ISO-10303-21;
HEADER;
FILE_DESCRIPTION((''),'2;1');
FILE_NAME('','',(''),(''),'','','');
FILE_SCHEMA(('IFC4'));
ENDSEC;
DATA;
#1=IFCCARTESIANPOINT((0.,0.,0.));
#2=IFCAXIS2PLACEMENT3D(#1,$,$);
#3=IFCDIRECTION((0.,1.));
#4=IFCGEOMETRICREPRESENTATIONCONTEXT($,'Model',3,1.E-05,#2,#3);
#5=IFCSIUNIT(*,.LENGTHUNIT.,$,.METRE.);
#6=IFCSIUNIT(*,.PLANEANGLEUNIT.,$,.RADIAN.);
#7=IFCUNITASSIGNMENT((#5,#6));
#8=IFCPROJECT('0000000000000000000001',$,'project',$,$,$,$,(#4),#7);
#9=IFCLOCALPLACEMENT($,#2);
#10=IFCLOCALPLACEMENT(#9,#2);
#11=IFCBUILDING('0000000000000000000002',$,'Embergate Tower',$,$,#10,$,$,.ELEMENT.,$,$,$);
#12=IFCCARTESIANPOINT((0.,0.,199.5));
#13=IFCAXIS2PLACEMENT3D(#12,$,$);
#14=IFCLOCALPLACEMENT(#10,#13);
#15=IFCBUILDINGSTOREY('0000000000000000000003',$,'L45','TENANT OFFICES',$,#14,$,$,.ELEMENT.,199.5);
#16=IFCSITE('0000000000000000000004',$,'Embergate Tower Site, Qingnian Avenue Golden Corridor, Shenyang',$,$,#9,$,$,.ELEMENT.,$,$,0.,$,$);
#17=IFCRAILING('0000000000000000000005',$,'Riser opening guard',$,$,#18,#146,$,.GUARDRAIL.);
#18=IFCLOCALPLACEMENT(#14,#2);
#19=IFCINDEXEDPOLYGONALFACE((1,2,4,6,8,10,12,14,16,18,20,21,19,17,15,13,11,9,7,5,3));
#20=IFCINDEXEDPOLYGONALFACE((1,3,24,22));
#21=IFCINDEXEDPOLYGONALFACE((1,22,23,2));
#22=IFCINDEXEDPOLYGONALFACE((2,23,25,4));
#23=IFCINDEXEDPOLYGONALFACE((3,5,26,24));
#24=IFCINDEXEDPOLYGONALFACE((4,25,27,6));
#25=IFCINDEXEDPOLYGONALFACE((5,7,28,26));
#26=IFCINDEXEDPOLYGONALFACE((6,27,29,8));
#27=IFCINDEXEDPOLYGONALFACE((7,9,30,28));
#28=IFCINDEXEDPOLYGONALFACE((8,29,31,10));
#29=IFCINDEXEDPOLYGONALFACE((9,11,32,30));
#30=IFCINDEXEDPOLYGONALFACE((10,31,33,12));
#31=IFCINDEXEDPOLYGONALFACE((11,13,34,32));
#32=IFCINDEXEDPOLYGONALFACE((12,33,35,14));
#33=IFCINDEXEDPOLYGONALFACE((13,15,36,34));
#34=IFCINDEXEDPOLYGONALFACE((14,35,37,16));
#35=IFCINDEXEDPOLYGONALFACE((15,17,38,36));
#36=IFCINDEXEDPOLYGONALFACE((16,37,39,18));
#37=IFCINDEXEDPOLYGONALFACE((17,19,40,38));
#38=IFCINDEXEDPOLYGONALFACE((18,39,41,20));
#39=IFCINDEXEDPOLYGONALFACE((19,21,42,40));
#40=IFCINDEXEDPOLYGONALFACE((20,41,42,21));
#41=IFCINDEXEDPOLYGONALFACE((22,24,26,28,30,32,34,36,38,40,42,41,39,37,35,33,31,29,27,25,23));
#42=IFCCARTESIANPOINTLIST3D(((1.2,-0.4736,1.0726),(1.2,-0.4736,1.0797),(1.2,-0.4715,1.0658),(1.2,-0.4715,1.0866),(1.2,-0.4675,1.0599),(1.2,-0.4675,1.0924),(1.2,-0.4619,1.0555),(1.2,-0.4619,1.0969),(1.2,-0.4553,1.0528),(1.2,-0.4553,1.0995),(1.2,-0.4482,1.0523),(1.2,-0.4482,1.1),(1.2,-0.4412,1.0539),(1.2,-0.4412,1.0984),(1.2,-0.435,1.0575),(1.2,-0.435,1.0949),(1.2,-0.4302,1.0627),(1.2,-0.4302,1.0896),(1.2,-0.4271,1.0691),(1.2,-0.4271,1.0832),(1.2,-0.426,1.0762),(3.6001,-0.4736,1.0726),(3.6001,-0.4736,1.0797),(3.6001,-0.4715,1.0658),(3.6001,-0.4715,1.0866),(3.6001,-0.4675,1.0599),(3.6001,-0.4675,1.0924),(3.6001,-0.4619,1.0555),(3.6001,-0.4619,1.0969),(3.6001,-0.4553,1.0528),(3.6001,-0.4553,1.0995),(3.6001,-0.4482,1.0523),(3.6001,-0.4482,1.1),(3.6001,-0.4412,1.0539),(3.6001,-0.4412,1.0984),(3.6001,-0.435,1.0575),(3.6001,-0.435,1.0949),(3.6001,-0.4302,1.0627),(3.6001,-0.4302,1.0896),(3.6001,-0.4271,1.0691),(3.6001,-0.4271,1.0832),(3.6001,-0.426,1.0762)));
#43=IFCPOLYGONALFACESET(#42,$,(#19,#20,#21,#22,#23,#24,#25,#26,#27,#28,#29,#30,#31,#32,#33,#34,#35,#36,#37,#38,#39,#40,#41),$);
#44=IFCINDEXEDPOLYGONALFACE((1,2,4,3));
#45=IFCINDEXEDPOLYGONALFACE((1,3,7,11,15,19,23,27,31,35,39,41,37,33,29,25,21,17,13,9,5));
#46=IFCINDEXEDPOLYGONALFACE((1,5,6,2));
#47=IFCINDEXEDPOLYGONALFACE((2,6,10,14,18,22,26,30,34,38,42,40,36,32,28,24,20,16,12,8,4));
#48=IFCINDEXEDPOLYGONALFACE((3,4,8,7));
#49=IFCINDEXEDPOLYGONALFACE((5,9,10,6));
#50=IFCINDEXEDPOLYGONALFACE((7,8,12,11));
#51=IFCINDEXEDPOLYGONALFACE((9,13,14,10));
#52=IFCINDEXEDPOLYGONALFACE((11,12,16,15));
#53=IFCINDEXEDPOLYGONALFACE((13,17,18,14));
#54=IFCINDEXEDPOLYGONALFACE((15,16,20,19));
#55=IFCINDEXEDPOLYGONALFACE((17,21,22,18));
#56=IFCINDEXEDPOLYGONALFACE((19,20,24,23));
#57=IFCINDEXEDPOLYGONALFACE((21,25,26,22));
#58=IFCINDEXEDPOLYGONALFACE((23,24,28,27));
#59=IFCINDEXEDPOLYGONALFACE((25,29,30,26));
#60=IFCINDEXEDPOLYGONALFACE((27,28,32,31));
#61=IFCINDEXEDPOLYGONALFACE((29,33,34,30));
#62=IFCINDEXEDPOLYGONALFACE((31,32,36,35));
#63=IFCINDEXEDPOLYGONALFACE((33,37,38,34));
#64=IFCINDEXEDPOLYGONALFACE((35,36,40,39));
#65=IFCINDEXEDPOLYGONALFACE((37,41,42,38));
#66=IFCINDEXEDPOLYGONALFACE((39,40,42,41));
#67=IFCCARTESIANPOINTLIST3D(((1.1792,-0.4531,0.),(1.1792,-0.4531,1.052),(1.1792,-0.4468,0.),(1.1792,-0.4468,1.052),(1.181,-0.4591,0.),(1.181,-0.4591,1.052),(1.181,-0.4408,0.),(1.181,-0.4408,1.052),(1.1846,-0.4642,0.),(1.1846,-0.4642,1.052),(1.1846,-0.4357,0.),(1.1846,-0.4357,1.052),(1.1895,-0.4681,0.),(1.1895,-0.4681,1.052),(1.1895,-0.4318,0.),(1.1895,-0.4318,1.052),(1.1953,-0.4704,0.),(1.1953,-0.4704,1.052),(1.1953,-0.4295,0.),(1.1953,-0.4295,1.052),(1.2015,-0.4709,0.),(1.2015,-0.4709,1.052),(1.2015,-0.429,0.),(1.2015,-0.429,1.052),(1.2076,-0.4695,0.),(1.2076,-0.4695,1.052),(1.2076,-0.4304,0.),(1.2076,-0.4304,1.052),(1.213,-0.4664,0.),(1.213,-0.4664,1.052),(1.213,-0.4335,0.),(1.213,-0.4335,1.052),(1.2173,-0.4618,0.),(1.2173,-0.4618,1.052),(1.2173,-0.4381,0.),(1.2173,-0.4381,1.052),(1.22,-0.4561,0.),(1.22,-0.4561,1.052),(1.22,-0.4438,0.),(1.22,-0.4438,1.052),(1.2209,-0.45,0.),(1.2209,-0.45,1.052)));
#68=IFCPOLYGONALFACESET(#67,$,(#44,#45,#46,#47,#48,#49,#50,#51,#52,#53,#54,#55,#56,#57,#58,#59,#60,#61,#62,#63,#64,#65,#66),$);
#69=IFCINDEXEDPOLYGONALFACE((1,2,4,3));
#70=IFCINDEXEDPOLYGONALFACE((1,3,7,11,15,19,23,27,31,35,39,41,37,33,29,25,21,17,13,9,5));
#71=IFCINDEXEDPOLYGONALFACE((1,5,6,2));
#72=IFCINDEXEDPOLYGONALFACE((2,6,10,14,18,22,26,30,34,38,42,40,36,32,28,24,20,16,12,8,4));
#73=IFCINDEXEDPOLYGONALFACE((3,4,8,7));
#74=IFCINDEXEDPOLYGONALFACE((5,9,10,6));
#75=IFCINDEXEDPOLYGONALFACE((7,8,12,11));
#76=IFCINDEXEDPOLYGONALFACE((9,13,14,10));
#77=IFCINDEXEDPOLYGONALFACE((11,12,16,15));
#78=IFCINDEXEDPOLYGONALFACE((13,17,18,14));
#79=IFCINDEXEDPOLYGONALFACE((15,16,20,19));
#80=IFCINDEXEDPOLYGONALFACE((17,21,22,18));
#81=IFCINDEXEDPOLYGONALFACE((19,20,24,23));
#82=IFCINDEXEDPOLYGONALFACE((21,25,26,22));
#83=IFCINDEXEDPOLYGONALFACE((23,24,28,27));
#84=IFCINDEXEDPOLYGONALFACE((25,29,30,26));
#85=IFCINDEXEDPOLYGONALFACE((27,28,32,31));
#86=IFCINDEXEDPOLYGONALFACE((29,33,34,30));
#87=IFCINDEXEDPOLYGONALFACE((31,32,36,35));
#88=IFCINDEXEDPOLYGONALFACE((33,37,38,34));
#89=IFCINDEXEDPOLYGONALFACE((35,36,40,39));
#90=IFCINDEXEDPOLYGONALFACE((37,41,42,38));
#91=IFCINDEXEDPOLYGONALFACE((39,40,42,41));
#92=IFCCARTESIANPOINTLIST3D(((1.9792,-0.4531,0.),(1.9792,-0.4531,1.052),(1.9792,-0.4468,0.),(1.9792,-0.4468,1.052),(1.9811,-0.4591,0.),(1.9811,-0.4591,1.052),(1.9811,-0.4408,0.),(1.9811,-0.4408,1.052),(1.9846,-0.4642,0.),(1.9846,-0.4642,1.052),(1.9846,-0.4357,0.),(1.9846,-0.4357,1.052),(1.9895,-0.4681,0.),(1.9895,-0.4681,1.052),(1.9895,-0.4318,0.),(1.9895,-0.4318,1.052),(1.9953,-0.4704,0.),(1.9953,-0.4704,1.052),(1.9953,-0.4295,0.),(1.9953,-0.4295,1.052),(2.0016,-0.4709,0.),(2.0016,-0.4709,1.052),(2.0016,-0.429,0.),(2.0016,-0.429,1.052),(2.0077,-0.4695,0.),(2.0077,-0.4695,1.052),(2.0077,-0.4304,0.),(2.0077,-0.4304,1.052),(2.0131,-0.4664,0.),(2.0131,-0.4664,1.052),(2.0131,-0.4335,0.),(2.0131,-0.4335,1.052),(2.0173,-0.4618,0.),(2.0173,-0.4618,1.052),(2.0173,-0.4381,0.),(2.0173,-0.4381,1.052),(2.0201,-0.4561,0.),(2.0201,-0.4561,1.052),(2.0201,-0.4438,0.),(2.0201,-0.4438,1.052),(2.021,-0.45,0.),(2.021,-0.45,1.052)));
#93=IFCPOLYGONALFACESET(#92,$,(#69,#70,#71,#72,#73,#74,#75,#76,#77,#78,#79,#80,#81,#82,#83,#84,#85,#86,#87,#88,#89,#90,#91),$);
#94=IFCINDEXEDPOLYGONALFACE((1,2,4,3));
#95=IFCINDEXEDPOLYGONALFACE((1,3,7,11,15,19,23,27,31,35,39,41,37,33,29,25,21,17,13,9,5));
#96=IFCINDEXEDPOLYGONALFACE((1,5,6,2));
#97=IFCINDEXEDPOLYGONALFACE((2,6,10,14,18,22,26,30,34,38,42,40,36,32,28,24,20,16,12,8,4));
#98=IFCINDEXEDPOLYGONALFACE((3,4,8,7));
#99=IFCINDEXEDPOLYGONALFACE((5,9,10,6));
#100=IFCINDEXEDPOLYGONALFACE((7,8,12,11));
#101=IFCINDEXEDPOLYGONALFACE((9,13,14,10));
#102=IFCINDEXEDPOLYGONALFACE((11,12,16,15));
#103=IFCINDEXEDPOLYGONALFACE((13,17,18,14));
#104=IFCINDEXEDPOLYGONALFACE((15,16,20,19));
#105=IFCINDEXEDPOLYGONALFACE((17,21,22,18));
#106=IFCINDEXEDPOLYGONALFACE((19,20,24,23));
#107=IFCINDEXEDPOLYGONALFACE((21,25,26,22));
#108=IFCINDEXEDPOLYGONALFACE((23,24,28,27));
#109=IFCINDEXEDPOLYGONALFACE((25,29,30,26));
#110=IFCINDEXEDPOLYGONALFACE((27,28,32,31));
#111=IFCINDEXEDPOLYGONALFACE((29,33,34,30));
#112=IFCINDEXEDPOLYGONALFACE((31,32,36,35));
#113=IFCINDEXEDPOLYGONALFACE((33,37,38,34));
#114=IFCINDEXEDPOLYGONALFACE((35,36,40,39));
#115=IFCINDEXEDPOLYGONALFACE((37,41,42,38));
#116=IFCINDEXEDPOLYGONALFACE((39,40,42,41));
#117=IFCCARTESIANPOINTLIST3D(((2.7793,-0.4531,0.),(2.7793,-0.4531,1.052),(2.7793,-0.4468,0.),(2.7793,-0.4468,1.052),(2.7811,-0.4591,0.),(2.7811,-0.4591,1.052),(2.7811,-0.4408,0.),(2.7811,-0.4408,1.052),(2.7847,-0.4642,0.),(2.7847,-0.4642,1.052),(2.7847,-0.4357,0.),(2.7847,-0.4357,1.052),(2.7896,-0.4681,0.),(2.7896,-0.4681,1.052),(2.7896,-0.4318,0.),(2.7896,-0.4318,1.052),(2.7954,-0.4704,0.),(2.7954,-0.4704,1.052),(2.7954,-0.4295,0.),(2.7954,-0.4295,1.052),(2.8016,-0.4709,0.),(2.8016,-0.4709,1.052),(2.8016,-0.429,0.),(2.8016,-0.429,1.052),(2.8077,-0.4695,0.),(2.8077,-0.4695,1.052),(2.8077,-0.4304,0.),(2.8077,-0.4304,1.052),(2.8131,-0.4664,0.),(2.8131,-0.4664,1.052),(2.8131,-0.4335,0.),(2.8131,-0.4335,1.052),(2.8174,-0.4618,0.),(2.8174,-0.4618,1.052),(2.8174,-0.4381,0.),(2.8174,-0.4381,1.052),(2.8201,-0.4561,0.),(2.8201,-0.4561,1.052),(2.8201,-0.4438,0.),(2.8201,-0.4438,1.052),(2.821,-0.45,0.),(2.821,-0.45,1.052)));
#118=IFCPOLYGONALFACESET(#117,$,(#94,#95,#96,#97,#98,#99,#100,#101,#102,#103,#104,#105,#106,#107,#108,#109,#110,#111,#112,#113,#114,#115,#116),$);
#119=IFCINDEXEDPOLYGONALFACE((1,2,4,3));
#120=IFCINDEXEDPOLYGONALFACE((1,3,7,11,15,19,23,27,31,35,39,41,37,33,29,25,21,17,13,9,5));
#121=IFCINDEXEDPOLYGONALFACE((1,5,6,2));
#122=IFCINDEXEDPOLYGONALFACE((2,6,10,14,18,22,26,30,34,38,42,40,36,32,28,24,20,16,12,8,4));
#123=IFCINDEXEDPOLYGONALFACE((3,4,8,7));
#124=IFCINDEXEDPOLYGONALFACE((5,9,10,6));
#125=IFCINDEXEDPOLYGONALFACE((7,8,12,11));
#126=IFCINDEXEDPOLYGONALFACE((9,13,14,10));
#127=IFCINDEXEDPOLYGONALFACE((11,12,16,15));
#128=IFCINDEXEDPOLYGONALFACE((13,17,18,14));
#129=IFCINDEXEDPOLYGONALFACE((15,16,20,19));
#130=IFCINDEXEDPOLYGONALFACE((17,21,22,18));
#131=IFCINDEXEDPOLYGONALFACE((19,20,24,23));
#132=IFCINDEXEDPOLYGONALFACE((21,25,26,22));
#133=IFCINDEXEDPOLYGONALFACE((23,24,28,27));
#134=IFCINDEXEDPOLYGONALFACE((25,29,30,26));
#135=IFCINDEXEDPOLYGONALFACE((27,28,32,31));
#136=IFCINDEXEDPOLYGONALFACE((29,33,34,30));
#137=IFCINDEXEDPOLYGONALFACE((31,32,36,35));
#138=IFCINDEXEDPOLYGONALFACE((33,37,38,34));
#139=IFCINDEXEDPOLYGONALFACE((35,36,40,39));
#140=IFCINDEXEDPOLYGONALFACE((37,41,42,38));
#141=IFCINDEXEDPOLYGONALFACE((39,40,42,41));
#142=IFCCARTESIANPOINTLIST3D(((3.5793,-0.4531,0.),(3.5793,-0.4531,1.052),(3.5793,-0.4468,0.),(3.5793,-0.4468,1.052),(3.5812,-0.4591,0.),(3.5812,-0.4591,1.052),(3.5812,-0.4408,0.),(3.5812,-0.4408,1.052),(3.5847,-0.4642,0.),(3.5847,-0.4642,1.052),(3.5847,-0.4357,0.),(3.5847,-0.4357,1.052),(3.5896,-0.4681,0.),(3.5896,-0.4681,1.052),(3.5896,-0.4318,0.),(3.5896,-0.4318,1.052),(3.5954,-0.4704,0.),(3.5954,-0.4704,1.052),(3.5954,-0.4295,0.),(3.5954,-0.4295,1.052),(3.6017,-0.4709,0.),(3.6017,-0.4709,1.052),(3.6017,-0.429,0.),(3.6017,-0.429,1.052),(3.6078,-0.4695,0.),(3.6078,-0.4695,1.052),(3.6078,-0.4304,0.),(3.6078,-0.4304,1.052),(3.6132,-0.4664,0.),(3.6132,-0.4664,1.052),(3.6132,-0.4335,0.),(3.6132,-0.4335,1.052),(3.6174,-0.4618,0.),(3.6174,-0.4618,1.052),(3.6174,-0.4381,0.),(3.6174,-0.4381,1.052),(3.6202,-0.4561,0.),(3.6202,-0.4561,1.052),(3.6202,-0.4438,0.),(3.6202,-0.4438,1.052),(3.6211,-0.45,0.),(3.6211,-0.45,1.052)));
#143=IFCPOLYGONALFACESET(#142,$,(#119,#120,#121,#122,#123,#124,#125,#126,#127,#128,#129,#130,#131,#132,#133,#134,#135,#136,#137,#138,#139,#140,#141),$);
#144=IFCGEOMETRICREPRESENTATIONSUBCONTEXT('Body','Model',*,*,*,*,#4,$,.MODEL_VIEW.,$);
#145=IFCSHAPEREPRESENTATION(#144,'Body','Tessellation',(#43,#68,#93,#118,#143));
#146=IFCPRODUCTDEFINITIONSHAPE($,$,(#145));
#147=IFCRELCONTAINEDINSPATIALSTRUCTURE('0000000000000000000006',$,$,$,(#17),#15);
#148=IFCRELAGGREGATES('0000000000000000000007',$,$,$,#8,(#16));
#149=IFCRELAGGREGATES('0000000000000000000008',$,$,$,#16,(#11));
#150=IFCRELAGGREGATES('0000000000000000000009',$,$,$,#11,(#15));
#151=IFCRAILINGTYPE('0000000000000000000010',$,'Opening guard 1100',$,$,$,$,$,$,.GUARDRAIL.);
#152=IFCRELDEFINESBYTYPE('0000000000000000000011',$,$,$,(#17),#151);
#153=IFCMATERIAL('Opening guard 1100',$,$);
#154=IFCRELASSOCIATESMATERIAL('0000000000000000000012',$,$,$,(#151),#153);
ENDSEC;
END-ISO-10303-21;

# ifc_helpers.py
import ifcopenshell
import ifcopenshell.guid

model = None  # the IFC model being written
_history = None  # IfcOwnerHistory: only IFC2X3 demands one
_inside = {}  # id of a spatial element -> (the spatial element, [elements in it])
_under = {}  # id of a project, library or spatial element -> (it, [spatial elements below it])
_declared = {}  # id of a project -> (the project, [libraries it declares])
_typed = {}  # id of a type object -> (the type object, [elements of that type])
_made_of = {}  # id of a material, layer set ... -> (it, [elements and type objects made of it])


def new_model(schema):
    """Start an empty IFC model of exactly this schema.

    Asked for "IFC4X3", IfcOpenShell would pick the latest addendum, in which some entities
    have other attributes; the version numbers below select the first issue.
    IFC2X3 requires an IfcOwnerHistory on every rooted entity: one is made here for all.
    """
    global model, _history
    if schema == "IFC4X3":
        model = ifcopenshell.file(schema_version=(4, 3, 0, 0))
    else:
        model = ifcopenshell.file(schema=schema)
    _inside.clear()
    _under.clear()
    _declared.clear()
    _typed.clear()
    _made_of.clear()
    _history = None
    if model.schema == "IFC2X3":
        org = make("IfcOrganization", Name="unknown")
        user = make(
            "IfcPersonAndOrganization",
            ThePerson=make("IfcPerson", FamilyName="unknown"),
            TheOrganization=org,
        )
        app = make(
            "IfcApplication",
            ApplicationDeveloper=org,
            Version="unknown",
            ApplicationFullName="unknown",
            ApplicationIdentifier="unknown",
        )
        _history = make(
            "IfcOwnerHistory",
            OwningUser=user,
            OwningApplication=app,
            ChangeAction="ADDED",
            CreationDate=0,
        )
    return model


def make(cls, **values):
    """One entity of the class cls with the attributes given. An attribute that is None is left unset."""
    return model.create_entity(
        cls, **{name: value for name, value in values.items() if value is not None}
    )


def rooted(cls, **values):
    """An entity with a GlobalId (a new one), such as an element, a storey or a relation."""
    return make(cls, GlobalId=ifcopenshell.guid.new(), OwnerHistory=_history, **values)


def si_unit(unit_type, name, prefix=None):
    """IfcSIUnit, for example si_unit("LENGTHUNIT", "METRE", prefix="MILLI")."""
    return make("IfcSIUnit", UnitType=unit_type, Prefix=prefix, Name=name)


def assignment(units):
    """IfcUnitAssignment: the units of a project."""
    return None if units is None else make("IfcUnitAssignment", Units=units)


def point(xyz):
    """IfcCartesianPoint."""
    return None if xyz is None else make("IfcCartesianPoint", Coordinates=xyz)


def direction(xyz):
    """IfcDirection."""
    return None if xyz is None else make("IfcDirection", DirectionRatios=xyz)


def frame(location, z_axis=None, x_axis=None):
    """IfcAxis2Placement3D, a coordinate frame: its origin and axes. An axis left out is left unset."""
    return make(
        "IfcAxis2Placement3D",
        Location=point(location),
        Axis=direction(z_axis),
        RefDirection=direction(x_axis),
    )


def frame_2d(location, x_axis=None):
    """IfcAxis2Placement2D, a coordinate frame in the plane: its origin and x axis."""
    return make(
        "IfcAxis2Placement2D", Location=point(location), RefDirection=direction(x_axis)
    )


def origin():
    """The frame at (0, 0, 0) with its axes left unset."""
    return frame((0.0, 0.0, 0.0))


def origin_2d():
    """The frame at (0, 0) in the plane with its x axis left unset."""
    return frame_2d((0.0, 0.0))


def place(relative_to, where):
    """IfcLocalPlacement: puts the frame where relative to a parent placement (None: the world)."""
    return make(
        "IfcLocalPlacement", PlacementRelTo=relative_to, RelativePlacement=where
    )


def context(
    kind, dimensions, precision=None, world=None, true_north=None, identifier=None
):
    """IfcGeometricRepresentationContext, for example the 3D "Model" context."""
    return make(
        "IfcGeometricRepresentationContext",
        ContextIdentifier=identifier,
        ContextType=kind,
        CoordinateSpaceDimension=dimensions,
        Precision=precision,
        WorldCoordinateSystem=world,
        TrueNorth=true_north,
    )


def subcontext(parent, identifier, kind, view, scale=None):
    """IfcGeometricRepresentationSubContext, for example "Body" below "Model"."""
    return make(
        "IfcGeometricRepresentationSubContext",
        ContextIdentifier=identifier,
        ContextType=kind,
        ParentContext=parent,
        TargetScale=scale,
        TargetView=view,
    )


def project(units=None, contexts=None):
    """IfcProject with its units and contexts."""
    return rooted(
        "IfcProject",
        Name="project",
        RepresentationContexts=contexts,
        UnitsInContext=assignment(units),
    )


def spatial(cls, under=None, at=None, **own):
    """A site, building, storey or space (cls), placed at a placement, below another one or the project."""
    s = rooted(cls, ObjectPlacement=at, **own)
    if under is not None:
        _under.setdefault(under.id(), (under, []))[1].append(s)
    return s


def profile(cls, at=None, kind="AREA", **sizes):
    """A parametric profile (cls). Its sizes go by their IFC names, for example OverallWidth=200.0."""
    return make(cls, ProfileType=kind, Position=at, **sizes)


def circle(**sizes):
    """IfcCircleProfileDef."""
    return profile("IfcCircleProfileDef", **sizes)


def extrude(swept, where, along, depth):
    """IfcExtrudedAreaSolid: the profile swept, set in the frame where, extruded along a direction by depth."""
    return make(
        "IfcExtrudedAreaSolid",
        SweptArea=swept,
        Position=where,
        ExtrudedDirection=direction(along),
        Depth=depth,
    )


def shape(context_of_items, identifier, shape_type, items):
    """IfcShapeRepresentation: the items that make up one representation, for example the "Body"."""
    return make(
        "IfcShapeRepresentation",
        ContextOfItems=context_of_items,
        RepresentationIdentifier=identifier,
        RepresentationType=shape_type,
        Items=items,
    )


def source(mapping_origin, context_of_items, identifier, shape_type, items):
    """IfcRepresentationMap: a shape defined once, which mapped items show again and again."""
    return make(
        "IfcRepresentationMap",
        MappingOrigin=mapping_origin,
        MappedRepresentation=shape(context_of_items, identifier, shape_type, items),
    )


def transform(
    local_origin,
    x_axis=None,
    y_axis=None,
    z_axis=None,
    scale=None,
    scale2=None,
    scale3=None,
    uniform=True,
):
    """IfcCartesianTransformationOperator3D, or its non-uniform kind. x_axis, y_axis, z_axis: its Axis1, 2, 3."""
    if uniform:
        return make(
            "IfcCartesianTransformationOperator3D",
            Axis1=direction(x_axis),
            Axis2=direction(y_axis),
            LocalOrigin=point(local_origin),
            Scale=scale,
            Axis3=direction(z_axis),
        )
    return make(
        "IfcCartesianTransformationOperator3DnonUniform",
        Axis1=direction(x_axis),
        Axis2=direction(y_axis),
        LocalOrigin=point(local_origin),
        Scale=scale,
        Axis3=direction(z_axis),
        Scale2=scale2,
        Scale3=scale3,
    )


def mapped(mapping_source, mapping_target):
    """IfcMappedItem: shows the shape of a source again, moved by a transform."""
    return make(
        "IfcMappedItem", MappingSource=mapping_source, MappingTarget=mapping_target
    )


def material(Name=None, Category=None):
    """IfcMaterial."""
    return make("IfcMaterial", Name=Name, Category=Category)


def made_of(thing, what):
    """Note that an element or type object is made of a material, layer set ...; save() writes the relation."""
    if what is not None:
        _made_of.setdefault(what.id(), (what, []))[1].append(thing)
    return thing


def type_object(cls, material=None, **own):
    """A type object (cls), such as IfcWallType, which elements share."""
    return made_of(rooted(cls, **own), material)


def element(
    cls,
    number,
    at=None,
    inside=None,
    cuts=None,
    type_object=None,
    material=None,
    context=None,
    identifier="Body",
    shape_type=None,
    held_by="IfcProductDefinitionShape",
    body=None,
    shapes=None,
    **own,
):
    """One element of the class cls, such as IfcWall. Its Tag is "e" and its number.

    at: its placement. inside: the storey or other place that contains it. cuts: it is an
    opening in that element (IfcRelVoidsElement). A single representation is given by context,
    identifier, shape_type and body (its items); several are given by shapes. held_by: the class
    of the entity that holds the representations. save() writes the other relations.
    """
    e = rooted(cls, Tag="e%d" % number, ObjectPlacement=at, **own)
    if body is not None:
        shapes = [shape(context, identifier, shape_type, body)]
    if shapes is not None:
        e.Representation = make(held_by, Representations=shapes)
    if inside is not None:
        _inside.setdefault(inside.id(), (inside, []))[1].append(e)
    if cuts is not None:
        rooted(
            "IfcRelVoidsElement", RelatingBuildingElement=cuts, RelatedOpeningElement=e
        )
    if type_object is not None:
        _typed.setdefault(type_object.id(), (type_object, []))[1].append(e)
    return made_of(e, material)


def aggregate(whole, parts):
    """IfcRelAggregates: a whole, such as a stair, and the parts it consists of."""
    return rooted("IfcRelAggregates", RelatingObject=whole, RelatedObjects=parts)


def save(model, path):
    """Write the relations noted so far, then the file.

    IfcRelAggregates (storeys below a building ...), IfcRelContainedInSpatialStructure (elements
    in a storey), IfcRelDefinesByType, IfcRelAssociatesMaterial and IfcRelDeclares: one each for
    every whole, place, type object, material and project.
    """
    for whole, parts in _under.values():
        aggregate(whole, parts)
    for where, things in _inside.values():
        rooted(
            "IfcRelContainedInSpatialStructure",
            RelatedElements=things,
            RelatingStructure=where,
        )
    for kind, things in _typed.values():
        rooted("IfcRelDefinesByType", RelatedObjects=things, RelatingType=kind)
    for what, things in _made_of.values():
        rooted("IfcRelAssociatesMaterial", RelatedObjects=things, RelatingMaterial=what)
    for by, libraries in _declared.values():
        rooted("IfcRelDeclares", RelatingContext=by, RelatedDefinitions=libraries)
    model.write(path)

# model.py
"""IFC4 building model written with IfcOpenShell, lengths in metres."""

from ifc_helpers import new_model, si_unit, direction, frame, origin, origin_2d, place, context, subcontext, project, spatial, circle, extrude, source, transform, mapped, material, type_object, element, save


model = new_model("IFC4")

# Units and contexts
model_context = context("Model", 3, precision=1e-05, world=origin(), true_north=direction((0.0, 1.0)))
body_context = subcontext(model_context, "Body", "Model", "MODEL_VIEW")
ifc_project = project(units=[si_unit("LENGTHUNIT", "METRE"), si_unit("PLANEANGLEUNIT", "RADIAN")], contexts=[model_context])

# Site, building, storey
site_placement = place(None, origin())
site = spatial("IfcSite", under=ifc_project, at=site_placement, Name="Embergate Tower Site, Qingnian Avenue Golden Corridor, Shenyang", CompositionType="ELEMENT", RefElevation=0.0)
building_placement = place(site_placement, origin())
building = spatial("IfcBuilding", under=site, at=building_placement, Name="Embergate Tower", CompositionType="ELEMENT")
storey_placement = place(building_placement, frame((0.0, 0.0, 199.5)))
storey = spatial("IfcBuildingStorey", under=building, at=storey_placement, Name="L45", Description="TENANT OFFICES", CompositionType="ELEMENT", Elevation=199.5)

# Railing
ifc_material_1 = material(Name="Opening guard 1100")
railing_type_1 = type_object("IfcRailingType", Name="Opening guard 1100", PredefinedType="GUARDRAIL", material=ifc_material_1)
shared_shape_1 = source(origin(), body_context, "Body", "SweptSolid", [
    extrude(circle(Radius=0.0239, at=origin_2d()), frame((0.0, 0.0, 1.0762), z_axis=(1.0, 0.0, 0.0), x_axis=(0.0, 1.0, 0.0)), (0.0, 0.0, 1.0), 2.4001),
    extrude(circle(Radius=0.021, at=origin_2d()), origin(), (0.0, 0.0, 1.0), 1.052),
    extrude(circle(Radius=0.021, at=origin_2d()), frame((0.8, 0.0, 0.0)), (0.0, 0.0, 1.0), 1.052),
    extrude(circle(Radius=0.021, at=origin_2d()), frame((1.6001, 0.0, 0.0)), (0.0, 0.0, 1.0), 1.052),
    extrude(circle(Radius=0.021, at=origin_2d()), frame((2.4001, 0.0, 0.0)), (0.0, 0.0, 1.0), 1.052),
])
railing_1_placement = place(storey_placement, frame((1.2, -0.45, 0.0)))
element("IfcRailing", 1, at=railing_1_placement, inside=storey, type_object=railing_type_1, Name="Riser opening guard", PredefinedType="GUARDRAIL", context=body_context, shape_type="MappedRepresentation", body=[
    mapped(shared_shape_1, transform((0.0, 0.0, 0.0))),
])

save(model, "model.ifc")
